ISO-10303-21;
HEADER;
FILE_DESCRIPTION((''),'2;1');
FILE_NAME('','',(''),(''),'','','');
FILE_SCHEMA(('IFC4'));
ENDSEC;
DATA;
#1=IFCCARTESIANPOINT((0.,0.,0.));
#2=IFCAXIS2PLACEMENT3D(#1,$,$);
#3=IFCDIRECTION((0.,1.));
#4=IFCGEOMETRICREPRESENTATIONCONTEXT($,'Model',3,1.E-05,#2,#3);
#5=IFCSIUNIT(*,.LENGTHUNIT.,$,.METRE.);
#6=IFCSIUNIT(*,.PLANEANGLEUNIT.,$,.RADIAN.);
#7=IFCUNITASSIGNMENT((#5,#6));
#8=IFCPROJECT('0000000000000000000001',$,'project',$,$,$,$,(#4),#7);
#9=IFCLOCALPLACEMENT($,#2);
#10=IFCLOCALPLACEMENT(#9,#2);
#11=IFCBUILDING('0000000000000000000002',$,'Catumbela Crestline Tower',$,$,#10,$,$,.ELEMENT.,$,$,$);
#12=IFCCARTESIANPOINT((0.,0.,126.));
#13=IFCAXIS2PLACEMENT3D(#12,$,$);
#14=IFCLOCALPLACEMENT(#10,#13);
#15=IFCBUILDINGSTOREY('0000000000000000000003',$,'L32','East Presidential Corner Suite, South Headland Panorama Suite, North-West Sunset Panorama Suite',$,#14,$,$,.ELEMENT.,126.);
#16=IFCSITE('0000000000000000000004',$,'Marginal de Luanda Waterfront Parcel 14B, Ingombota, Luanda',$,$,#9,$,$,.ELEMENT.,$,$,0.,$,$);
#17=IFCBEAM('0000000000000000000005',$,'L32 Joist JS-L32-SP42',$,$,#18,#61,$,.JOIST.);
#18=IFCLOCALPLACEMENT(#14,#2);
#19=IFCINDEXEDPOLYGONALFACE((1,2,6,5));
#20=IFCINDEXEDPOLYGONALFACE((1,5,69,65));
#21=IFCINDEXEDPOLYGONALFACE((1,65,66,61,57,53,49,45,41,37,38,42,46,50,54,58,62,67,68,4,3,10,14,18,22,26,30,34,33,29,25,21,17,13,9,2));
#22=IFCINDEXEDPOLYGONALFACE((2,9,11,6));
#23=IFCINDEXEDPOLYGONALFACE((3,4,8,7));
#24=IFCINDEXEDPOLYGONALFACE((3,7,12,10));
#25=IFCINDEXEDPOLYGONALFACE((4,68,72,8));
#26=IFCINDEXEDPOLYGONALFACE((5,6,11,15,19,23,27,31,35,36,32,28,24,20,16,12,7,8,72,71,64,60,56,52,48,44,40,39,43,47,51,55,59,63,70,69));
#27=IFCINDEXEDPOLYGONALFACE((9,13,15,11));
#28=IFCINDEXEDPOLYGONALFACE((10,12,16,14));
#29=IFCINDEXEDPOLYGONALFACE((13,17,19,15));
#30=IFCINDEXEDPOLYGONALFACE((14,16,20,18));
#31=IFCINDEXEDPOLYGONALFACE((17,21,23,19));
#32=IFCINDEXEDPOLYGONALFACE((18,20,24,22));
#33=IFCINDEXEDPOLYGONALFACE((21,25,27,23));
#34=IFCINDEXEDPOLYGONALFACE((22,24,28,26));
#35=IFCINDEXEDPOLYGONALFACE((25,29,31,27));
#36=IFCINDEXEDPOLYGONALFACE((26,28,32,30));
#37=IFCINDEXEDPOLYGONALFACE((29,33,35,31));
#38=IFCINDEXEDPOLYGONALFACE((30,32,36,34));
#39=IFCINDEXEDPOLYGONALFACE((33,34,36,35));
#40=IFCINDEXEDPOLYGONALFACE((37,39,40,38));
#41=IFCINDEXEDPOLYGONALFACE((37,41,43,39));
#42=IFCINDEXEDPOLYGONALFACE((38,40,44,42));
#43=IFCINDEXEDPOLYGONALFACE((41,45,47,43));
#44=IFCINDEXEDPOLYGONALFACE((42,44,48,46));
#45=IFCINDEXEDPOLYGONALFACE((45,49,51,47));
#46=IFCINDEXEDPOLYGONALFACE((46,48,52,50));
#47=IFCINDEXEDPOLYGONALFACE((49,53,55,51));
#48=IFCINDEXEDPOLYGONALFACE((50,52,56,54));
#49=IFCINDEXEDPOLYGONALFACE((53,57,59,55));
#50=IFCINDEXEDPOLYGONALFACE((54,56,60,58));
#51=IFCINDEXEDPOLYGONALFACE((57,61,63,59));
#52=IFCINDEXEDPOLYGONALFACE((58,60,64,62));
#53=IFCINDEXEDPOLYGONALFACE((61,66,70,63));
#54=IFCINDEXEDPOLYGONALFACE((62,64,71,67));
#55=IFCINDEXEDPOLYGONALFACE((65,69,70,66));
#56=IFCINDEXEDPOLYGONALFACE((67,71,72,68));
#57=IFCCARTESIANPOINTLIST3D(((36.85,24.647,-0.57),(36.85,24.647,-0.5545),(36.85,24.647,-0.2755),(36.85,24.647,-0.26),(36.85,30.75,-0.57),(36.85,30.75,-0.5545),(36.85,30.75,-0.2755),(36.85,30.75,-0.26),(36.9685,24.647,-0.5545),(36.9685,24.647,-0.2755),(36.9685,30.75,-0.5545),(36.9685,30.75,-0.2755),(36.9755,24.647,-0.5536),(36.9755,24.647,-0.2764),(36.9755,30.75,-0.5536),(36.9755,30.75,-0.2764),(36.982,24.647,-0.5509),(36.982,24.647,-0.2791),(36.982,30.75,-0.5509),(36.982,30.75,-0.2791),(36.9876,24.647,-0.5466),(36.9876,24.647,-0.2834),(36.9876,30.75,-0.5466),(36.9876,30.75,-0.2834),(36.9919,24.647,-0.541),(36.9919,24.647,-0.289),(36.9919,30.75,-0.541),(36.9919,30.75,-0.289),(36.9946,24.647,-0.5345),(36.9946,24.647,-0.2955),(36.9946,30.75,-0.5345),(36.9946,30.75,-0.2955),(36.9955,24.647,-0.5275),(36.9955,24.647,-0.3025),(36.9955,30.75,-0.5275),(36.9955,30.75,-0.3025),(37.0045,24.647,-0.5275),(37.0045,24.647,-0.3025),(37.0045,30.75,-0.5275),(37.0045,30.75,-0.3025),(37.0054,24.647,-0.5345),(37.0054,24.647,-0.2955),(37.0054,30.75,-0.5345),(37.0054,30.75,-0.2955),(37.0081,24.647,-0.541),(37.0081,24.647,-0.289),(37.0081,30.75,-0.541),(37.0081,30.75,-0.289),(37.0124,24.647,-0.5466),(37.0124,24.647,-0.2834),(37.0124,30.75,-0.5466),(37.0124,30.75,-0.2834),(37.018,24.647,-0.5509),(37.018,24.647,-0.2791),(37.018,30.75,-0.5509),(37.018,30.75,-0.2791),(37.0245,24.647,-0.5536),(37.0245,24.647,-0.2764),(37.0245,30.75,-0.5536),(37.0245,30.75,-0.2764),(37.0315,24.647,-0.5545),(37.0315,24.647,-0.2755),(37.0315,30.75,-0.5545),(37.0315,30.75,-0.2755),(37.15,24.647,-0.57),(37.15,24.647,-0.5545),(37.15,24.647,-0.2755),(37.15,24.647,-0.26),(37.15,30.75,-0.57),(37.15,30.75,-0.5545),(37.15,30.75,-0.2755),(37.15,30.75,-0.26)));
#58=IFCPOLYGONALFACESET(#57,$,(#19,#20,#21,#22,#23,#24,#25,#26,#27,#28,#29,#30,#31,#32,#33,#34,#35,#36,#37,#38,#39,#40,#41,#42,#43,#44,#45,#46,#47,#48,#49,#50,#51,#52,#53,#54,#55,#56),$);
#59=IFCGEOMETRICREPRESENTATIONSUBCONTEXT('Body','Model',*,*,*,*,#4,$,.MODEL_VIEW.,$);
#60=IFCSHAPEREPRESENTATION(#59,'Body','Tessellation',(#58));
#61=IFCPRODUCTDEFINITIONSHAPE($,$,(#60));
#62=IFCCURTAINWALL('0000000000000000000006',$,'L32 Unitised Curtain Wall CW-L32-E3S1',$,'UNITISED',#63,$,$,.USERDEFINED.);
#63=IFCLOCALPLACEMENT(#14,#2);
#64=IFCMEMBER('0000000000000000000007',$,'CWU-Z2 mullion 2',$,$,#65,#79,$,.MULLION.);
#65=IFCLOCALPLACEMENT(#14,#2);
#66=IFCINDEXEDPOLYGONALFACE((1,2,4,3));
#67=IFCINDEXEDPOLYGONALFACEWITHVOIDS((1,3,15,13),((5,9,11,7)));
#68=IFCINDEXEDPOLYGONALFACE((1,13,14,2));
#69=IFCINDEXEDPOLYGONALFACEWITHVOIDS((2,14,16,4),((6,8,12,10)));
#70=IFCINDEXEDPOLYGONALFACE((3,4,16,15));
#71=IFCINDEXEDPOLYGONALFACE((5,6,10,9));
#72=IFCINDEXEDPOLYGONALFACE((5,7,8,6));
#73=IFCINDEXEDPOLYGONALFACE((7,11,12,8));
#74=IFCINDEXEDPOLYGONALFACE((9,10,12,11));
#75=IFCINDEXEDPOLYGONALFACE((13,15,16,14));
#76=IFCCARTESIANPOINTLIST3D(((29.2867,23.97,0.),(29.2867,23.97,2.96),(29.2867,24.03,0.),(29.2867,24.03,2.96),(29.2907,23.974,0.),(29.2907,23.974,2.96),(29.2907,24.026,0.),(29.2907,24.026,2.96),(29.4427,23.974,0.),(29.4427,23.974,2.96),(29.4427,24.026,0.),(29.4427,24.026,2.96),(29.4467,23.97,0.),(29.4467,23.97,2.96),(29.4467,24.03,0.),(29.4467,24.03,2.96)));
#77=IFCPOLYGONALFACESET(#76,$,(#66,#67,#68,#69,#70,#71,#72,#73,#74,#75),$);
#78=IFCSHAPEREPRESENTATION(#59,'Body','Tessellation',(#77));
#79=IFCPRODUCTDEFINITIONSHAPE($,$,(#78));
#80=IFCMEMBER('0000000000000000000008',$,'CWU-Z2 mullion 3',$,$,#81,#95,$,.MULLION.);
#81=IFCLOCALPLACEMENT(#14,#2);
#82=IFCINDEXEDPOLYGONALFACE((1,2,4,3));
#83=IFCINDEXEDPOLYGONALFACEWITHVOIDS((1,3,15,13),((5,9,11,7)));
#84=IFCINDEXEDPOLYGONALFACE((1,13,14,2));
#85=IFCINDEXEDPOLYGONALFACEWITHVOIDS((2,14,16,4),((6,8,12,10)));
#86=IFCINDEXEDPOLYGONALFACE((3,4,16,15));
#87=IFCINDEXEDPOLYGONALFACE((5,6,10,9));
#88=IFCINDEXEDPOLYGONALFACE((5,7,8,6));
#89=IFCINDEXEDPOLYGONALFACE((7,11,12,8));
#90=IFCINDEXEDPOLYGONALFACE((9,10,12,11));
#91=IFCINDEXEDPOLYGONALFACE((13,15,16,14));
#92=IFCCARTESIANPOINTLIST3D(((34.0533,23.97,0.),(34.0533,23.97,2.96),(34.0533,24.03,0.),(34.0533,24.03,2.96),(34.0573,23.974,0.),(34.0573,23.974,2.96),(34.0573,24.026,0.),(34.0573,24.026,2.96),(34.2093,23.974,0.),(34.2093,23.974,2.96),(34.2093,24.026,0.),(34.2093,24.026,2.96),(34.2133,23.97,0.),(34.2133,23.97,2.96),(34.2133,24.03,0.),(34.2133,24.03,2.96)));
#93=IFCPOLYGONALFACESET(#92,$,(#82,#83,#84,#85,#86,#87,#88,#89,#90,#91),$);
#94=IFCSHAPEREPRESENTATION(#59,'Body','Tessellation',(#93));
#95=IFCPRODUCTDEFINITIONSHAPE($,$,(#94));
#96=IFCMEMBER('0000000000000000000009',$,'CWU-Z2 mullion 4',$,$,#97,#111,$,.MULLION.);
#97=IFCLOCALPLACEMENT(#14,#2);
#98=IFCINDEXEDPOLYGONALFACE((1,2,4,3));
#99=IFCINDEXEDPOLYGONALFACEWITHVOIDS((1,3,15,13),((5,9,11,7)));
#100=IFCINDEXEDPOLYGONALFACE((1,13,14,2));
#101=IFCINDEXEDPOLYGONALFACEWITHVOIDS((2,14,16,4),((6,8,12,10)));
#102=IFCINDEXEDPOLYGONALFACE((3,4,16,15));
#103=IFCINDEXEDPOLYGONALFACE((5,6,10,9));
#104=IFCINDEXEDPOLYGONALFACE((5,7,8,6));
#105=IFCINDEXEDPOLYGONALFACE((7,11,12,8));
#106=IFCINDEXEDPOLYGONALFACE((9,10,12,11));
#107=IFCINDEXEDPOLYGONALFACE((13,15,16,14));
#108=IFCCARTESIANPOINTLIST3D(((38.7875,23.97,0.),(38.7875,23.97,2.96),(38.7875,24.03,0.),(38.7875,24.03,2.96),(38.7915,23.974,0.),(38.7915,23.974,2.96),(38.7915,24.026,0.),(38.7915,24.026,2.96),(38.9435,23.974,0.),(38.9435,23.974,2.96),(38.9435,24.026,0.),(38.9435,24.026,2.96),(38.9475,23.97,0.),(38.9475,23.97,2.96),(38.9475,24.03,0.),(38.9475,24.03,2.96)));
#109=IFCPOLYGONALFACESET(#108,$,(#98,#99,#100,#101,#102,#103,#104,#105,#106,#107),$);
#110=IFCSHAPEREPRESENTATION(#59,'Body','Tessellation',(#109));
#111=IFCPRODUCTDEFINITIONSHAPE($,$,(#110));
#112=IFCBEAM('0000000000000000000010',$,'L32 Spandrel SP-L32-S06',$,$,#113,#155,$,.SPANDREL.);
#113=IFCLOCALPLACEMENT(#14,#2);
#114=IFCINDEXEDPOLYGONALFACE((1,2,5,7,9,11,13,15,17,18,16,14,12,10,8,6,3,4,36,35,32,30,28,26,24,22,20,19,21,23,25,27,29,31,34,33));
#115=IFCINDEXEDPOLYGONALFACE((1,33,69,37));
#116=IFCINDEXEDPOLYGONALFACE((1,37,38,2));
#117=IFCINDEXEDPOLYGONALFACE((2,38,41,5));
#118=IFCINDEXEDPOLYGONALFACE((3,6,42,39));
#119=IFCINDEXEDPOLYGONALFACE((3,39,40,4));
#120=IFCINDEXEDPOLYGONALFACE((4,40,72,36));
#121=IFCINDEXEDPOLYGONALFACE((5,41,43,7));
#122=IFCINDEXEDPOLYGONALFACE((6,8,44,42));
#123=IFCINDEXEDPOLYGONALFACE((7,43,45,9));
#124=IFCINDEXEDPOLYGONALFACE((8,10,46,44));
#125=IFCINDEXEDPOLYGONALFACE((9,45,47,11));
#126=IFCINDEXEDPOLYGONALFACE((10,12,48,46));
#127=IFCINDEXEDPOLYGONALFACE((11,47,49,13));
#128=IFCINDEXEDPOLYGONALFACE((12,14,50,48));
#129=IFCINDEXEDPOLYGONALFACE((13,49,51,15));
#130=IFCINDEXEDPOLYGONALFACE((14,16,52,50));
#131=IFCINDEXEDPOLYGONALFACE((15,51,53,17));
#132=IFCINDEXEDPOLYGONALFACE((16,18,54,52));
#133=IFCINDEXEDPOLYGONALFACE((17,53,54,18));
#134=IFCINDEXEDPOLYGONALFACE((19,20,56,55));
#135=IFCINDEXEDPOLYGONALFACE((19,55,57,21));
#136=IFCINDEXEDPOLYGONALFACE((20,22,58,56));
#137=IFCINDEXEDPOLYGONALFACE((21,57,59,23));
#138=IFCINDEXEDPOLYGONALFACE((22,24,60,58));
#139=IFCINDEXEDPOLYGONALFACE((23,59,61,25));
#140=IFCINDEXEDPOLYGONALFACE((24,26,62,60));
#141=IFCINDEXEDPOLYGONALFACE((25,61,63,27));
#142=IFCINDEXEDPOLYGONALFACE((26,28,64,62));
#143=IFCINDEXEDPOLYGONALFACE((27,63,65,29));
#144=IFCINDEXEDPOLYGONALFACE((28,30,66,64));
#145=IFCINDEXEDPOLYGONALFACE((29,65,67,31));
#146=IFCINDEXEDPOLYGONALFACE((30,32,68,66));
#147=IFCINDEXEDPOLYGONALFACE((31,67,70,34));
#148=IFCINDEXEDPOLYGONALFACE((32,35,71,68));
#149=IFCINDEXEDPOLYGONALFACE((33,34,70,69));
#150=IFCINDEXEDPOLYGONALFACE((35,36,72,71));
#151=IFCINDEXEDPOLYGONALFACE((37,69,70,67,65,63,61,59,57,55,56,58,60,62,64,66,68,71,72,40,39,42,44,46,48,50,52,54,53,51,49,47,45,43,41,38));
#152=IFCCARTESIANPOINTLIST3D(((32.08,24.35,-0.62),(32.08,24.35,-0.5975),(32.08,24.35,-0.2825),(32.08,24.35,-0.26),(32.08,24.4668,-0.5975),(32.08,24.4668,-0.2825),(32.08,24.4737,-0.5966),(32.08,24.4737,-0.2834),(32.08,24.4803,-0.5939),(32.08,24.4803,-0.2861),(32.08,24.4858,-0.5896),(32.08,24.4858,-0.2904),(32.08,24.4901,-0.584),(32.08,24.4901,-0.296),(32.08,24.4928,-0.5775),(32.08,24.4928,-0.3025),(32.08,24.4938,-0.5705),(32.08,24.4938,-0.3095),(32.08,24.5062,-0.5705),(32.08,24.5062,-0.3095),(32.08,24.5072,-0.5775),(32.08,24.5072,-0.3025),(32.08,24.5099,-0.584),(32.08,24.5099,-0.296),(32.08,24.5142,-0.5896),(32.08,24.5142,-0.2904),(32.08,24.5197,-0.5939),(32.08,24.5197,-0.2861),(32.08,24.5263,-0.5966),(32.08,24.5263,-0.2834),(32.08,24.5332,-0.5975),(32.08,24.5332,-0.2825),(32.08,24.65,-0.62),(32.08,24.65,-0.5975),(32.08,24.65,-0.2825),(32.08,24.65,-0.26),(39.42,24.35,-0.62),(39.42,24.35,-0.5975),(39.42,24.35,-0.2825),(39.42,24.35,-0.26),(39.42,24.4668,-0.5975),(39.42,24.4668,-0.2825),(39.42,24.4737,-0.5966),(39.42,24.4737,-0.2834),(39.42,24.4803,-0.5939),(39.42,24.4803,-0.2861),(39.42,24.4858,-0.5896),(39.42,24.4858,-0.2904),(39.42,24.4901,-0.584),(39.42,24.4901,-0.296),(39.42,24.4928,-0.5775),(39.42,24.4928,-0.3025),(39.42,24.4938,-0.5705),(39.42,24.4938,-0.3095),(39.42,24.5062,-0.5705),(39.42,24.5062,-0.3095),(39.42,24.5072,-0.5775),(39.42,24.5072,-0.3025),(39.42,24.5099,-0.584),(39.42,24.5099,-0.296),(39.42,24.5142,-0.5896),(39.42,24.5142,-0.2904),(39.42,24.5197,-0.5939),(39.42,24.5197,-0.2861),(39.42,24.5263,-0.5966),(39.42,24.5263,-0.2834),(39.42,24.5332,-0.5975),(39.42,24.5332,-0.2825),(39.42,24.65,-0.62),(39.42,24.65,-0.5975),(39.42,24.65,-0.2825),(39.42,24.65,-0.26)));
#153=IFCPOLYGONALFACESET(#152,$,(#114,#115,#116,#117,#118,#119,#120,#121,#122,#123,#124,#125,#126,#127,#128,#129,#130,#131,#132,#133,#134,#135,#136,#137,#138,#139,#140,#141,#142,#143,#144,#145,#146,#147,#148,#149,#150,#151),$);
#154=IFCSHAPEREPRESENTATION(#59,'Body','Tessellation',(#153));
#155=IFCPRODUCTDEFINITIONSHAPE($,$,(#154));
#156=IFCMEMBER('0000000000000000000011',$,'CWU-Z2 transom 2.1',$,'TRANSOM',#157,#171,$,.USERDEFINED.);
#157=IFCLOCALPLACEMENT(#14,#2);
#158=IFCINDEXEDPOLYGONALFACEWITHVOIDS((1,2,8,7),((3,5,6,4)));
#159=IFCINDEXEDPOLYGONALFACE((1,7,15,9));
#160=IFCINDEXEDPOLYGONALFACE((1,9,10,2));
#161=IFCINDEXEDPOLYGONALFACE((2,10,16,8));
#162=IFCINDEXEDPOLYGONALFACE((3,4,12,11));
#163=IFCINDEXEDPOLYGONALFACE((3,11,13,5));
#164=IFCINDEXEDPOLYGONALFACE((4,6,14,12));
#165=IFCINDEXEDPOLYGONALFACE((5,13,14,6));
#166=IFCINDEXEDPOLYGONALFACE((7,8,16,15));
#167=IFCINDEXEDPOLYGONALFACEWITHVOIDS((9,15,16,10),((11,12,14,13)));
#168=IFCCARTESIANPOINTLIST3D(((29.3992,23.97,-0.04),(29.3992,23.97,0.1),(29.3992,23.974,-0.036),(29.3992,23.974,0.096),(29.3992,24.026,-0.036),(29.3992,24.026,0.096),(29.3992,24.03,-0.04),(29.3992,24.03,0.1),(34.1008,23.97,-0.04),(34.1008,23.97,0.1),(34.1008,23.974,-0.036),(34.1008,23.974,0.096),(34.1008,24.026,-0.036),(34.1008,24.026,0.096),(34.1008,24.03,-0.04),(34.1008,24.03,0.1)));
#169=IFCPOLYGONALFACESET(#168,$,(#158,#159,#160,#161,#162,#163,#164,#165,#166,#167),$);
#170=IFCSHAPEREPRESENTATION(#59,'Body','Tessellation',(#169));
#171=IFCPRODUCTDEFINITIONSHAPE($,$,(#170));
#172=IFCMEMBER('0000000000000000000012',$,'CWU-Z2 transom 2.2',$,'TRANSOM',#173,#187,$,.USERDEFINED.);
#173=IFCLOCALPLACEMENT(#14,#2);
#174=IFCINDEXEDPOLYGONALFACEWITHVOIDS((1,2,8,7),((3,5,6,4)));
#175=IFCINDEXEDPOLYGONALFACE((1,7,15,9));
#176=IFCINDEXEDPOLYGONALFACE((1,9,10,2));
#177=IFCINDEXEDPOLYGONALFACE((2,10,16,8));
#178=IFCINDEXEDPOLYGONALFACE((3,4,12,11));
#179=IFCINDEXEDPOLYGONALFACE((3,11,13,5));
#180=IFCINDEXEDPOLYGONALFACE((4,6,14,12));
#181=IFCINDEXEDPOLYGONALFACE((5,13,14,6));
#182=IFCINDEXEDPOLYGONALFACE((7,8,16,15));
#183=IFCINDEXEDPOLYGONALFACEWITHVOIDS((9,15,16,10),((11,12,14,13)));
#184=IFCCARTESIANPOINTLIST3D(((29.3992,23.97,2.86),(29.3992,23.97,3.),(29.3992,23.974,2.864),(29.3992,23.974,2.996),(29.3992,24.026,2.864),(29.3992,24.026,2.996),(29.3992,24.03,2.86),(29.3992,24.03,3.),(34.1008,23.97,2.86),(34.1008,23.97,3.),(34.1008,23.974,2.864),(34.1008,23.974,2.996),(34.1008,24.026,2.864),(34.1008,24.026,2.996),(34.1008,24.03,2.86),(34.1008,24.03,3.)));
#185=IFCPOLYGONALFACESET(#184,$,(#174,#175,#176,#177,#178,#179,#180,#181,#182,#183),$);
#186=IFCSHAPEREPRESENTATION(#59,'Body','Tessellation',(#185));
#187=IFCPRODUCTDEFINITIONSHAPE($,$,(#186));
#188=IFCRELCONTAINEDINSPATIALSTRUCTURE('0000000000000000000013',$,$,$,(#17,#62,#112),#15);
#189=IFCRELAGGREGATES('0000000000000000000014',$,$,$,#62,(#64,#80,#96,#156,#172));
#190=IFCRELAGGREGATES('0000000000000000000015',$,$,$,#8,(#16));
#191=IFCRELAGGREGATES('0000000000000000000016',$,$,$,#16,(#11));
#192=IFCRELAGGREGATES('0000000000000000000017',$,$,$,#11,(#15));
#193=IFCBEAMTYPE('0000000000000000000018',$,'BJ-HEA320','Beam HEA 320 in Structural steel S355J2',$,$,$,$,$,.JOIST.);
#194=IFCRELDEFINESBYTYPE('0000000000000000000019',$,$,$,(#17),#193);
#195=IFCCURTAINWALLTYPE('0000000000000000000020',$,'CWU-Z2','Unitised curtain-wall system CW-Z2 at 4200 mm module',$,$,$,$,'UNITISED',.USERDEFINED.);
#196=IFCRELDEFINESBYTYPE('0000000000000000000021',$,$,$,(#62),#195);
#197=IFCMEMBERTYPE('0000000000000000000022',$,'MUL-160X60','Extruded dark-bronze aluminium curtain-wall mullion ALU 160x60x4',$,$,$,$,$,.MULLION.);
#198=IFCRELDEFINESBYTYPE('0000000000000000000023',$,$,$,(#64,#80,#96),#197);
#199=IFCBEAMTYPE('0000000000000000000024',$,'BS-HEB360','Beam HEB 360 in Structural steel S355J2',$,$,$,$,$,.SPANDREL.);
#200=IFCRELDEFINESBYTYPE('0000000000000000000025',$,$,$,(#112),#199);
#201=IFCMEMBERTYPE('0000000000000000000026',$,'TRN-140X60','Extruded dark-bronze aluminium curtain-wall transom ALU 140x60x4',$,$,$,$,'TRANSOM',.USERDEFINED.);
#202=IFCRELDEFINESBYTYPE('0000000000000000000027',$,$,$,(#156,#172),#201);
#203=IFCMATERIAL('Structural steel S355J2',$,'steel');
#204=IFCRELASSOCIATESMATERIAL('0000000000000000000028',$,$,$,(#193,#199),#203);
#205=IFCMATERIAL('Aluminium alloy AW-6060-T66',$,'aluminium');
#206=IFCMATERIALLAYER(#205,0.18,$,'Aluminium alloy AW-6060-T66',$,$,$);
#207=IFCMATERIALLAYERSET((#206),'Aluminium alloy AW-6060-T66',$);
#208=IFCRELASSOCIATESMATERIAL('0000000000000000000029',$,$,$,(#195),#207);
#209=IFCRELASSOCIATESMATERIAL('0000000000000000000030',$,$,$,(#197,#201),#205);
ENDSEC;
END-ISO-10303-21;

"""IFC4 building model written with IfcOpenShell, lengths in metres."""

from ifc_helpers import new_model, si_unit, direction, frame, origin, origin_2d, place, context, subcontext, project, spatial, hollow_rectangle, i_section, extrude, material, layer, layer_set, material_profile, profile_set, type_object, element, aggregate, save


model = new_model("IFC4")

# Units and contexts
model_context = context("Model", 3, precision=1e-05, world=origin(), true_north=direction((0.0, 1.0)))
body_context = subcontext(model_context, "Body", "Model", "MODEL_VIEW")
ifc_project = project(units=[si_unit("LENGTHUNIT", "METRE"), si_unit("PLANEANGLEUNIT", "RADIAN")], contexts=[model_context])

# Site, building, storey
site_placement = place(None, origin())
site = spatial("IfcSite", under=ifc_project, at=site_placement, Name="Marginal de Luanda Waterfront Parcel 14B, Ingombota, Luanda", CompositionType="ELEMENT", RefElevation=0.0)
building_placement = place(site_placement, origin())
building = spatial("IfcBuilding", under=site, at=building_placement, Name="Catumbela Crestline Tower", CompositionType="ELEMENT")
storey_placement = place(building_placement, frame((0.0, 0.0, 126.0)))
storey = spatial("IfcBuildingStorey", under=building, at=storey_placement, Name="L32", Description="East Presidential Corner Suite, South Headland Panorama Suite, North-West Sunset Panorama Suite", CompositionType="ELEMENT", Elevation=126.0)

# Beam
ifc_material_1 = material(Name="Structural steel S355J2", Category="steel")
ifc_material_profile_1 = material_profile(ifc_material_1, i_section(OverallWidth=0.3, OverallDepth=0.31, WebThickness=0.009, FlangeThickness=0.0155, FilletRadius=0.027, at=origin_2d()), Name="HEA 320")
ifc_profile_set_1 = profile_set([ifc_material_profile_1], Name="Structural steel S355J2")
beam_type_1 = type_object("IfcBeamType", Name="BJ-HEA320", Description="Beam HEA 320 in Structural steel S355J2", PredefinedType="JOIST", material=ifc_profile_set_1)
for number, where, z_axis, x_axis, name in (
    (1, (37.0, 24.647, -0.415), (0.0, 1.0, 0.0), (-1.0, 0.0, 0.0), "L32 Joist JS-L32-SP42"),
):
    element("IfcBeam", number, at=place(storey_placement, frame(where, z_axis=z_axis, x_axis=x_axis)), inside=storey, type_object=beam_type_1, Name=name, PredefinedType="JOIST", context=body_context, shape_type="SweptSolid", body=[
        extrude(i_section(OverallWidth=0.3, OverallDepth=0.31, WebThickness=0.009, FlangeThickness=0.0155, FilletRadius=0.027, at=origin_2d()), origin(), (0.0, 0.0, 1.0), 6.103),
    ])

# Curtain wall, members
ifc_material_2 = material(Name="Aluminium alloy AW-6060-T66", Category="aluminium")
ifc_layer_1 = layer(ifc_material_2, 0.18, Name="Aluminium alloy AW-6060-T66")
ifc_layer_set_1 = layer_set([ifc_layer_1], Name="Aluminium alloy AW-6060-T66")
curtain_wall_type = type_object("IfcCurtainWallType", Name="CWU-Z2", Description="Unitised curtain-wall system CW-Z2 at 4200 mm module", ElementType="UNITISED", PredefinedType="USERDEFINED", material=ifc_layer_set_1)
curtain_wall_placement = place(storey_placement, origin())
curtain_wall = element("IfcCurtainWall", 2, at=curtain_wall_placement, inside=storey, type_object=curtain_wall_type, Name="L32 Unitised Curtain Wall CW-L32-E3S1", ObjectType="UNITISED", PredefinedType="USERDEFINED")
ifc_material_profile_2 = material_profile(ifc_material_2, hollow_rectangle(XDim=0.06, YDim=0.16, WallThickness=0.004, at=origin_2d()), Name="ALU 160x60x4")
ifc_profile_set_2 = profile_set([ifc_material_profile_2], Name="Aluminium alloy AW-6060-T66")
member_type_1 = type_object("IfcMemberType", Name="MUL-160X60", Description="Extruded dark-bronze aluminium curtain-wall mullion ALU 160x60x4", PredefinedType="MULLION", material=ifc_profile_set_2)
member_1_placement = place(storey_placement, frame((29.3667, 24.0, 0.0), z_axis=(0.0, 0.0, 1.0), x_axis=(0.0, 1.0, 0.0)))
member_1 = element("IfcMember", 3, at=member_1_placement, type_object=member_type_1, Name="CWU-Z2 mullion 2", PredefinedType="MULLION", context=body_context, shape_type="SweptSolid", body=[
    extrude(hollow_rectangle(XDim=0.06, YDim=0.16, WallThickness=0.004, at=origin_2d()), origin(), (0.0, 0.0, 1.0), 2.96),
])
member_2_placement = place(storey_placement, frame((34.1333, 24.0, 0.0), z_axis=(0.0, 0.0, 1.0), x_axis=(0.0, 1.0, 0.0)))
member_2 = element("IfcMember", 4, at=member_2_placement, type_object=member_type_1, Name="CWU-Z2 mullion 3", PredefinedType="MULLION", context=body_context, shape_type="SweptSolid", body=[
    extrude(hollow_rectangle(XDim=0.06, YDim=0.16, WallThickness=0.004, at=origin_2d()), origin(), (0.0, 0.0, 1.0), 2.96),
])
member_3_placement = place(storey_placement, frame((38.8675, 24.0, 0.0), z_axis=(0.0, 0.0, 1.0), x_axis=(0.0, 1.0, 0.0)))
member_3 = element("IfcMember", 5, at=member_3_placement, type_object=member_type_1, Name="CWU-Z2 mullion 4", PredefinedType="MULLION", context=body_context, shape_type="SweptSolid", body=[
    extrude(hollow_rectangle(XDim=0.06, YDim=0.16, WallThickness=0.004, at=origin_2d()), origin(), (0.0, 0.0, 1.0), 2.96),
])

# Beam
ifc_material_profile_3 = material_profile(ifc_material_1, i_section(OverallWidth=0.3, OverallDepth=0.36, WebThickness=0.0125, FlangeThickness=0.0225, FilletRadius=0.027, at=origin_2d()), Name="HEB 360")
ifc_profile_set_3 = profile_set([ifc_material_profile_3], Name="Structural steel S355J2")
beam_type_2 = type_object("IfcBeamType", Name="BS-HEB360", Description="Beam HEB 360 in Structural steel S355J2", PredefinedType="SPANDREL", material=ifc_profile_set_3)
beam_1_placement = place(storey_placement, frame((32.08, 24.5, -0.44), z_axis=(1.0, 0.0, 0.0), x_axis=(0.0, 1.0, 0.0)))
element("IfcBeam", 6, at=beam_1_placement, inside=storey, type_object=beam_type_2, Name="L32 Spandrel SP-L32-S06", PredefinedType="SPANDREL", context=body_context, shape_type="SweptSolid", body=[
    extrude(i_section(OverallWidth=0.3, OverallDepth=0.36, WebThickness=0.0125, FlangeThickness=0.0225, FilletRadius=0.027, at=origin_2d()), origin(), (0.0, 0.0, 1.0), 7.34),
])

# Members
ifc_material_profile_4 = material_profile(ifc_material_2, hollow_rectangle(XDim=0.06, YDim=0.14, WallThickness=0.004, at=origin_2d()), Name="ALU 140x60x4")
ifc_profile_set_4 = profile_set([ifc_material_profile_4], Name="Aluminium alloy AW-6060-T66")
member_type_2 = type_object("IfcMemberType", Name="TRN-140X60", Description="Extruded dark-bronze aluminium curtain-wall transom ALU 140x60x4", ElementType="TRANSOM", PredefinedType="USERDEFINED", material=ifc_profile_set_4)
member_4_placement = place(storey_placement, frame((29.3992, 24.0, 0.03), z_axis=(1.0, 0.0, 0.0), x_axis=(0.0, 1.0, 0.0)))
member_4 = element("IfcMember", 7, at=member_4_placement, type_object=member_type_2, Name="CWU-Z2 transom 2.1", ObjectType="TRANSOM", PredefinedType="USERDEFINED", context=body_context, shape_type="SweptSolid", body=[
    extrude(hollow_rectangle(XDim=0.06, YDim=0.14, WallThickness=0.004, at=origin_2d()), origin(), (0.0, 0.0, 1.0), 4.7016),
])
member_5_placement = place(storey_placement, frame((29.3992, 24.0, 2.93), z_axis=(1.0, 0.0, 0.0), x_axis=(0.0, 1.0, 0.0)))
member_5 = element("IfcMember", 8, at=member_5_placement, type_object=member_type_2, Name="CWU-Z2 transom 2.2", ObjectType="TRANSOM", PredefinedType="USERDEFINED", context=body_context, shape_type="SweptSolid", body=[
    extrude(hollow_rectangle(XDim=0.06, YDim=0.14, WallThickness=0.004, at=origin_2d()), origin(), (0.0, 0.0, 1.0), 4.7016),
])

aggregate(curtain_wall, [member_1, member_2, member_3, member_4, member_5])

save(model, "model.ifc")
